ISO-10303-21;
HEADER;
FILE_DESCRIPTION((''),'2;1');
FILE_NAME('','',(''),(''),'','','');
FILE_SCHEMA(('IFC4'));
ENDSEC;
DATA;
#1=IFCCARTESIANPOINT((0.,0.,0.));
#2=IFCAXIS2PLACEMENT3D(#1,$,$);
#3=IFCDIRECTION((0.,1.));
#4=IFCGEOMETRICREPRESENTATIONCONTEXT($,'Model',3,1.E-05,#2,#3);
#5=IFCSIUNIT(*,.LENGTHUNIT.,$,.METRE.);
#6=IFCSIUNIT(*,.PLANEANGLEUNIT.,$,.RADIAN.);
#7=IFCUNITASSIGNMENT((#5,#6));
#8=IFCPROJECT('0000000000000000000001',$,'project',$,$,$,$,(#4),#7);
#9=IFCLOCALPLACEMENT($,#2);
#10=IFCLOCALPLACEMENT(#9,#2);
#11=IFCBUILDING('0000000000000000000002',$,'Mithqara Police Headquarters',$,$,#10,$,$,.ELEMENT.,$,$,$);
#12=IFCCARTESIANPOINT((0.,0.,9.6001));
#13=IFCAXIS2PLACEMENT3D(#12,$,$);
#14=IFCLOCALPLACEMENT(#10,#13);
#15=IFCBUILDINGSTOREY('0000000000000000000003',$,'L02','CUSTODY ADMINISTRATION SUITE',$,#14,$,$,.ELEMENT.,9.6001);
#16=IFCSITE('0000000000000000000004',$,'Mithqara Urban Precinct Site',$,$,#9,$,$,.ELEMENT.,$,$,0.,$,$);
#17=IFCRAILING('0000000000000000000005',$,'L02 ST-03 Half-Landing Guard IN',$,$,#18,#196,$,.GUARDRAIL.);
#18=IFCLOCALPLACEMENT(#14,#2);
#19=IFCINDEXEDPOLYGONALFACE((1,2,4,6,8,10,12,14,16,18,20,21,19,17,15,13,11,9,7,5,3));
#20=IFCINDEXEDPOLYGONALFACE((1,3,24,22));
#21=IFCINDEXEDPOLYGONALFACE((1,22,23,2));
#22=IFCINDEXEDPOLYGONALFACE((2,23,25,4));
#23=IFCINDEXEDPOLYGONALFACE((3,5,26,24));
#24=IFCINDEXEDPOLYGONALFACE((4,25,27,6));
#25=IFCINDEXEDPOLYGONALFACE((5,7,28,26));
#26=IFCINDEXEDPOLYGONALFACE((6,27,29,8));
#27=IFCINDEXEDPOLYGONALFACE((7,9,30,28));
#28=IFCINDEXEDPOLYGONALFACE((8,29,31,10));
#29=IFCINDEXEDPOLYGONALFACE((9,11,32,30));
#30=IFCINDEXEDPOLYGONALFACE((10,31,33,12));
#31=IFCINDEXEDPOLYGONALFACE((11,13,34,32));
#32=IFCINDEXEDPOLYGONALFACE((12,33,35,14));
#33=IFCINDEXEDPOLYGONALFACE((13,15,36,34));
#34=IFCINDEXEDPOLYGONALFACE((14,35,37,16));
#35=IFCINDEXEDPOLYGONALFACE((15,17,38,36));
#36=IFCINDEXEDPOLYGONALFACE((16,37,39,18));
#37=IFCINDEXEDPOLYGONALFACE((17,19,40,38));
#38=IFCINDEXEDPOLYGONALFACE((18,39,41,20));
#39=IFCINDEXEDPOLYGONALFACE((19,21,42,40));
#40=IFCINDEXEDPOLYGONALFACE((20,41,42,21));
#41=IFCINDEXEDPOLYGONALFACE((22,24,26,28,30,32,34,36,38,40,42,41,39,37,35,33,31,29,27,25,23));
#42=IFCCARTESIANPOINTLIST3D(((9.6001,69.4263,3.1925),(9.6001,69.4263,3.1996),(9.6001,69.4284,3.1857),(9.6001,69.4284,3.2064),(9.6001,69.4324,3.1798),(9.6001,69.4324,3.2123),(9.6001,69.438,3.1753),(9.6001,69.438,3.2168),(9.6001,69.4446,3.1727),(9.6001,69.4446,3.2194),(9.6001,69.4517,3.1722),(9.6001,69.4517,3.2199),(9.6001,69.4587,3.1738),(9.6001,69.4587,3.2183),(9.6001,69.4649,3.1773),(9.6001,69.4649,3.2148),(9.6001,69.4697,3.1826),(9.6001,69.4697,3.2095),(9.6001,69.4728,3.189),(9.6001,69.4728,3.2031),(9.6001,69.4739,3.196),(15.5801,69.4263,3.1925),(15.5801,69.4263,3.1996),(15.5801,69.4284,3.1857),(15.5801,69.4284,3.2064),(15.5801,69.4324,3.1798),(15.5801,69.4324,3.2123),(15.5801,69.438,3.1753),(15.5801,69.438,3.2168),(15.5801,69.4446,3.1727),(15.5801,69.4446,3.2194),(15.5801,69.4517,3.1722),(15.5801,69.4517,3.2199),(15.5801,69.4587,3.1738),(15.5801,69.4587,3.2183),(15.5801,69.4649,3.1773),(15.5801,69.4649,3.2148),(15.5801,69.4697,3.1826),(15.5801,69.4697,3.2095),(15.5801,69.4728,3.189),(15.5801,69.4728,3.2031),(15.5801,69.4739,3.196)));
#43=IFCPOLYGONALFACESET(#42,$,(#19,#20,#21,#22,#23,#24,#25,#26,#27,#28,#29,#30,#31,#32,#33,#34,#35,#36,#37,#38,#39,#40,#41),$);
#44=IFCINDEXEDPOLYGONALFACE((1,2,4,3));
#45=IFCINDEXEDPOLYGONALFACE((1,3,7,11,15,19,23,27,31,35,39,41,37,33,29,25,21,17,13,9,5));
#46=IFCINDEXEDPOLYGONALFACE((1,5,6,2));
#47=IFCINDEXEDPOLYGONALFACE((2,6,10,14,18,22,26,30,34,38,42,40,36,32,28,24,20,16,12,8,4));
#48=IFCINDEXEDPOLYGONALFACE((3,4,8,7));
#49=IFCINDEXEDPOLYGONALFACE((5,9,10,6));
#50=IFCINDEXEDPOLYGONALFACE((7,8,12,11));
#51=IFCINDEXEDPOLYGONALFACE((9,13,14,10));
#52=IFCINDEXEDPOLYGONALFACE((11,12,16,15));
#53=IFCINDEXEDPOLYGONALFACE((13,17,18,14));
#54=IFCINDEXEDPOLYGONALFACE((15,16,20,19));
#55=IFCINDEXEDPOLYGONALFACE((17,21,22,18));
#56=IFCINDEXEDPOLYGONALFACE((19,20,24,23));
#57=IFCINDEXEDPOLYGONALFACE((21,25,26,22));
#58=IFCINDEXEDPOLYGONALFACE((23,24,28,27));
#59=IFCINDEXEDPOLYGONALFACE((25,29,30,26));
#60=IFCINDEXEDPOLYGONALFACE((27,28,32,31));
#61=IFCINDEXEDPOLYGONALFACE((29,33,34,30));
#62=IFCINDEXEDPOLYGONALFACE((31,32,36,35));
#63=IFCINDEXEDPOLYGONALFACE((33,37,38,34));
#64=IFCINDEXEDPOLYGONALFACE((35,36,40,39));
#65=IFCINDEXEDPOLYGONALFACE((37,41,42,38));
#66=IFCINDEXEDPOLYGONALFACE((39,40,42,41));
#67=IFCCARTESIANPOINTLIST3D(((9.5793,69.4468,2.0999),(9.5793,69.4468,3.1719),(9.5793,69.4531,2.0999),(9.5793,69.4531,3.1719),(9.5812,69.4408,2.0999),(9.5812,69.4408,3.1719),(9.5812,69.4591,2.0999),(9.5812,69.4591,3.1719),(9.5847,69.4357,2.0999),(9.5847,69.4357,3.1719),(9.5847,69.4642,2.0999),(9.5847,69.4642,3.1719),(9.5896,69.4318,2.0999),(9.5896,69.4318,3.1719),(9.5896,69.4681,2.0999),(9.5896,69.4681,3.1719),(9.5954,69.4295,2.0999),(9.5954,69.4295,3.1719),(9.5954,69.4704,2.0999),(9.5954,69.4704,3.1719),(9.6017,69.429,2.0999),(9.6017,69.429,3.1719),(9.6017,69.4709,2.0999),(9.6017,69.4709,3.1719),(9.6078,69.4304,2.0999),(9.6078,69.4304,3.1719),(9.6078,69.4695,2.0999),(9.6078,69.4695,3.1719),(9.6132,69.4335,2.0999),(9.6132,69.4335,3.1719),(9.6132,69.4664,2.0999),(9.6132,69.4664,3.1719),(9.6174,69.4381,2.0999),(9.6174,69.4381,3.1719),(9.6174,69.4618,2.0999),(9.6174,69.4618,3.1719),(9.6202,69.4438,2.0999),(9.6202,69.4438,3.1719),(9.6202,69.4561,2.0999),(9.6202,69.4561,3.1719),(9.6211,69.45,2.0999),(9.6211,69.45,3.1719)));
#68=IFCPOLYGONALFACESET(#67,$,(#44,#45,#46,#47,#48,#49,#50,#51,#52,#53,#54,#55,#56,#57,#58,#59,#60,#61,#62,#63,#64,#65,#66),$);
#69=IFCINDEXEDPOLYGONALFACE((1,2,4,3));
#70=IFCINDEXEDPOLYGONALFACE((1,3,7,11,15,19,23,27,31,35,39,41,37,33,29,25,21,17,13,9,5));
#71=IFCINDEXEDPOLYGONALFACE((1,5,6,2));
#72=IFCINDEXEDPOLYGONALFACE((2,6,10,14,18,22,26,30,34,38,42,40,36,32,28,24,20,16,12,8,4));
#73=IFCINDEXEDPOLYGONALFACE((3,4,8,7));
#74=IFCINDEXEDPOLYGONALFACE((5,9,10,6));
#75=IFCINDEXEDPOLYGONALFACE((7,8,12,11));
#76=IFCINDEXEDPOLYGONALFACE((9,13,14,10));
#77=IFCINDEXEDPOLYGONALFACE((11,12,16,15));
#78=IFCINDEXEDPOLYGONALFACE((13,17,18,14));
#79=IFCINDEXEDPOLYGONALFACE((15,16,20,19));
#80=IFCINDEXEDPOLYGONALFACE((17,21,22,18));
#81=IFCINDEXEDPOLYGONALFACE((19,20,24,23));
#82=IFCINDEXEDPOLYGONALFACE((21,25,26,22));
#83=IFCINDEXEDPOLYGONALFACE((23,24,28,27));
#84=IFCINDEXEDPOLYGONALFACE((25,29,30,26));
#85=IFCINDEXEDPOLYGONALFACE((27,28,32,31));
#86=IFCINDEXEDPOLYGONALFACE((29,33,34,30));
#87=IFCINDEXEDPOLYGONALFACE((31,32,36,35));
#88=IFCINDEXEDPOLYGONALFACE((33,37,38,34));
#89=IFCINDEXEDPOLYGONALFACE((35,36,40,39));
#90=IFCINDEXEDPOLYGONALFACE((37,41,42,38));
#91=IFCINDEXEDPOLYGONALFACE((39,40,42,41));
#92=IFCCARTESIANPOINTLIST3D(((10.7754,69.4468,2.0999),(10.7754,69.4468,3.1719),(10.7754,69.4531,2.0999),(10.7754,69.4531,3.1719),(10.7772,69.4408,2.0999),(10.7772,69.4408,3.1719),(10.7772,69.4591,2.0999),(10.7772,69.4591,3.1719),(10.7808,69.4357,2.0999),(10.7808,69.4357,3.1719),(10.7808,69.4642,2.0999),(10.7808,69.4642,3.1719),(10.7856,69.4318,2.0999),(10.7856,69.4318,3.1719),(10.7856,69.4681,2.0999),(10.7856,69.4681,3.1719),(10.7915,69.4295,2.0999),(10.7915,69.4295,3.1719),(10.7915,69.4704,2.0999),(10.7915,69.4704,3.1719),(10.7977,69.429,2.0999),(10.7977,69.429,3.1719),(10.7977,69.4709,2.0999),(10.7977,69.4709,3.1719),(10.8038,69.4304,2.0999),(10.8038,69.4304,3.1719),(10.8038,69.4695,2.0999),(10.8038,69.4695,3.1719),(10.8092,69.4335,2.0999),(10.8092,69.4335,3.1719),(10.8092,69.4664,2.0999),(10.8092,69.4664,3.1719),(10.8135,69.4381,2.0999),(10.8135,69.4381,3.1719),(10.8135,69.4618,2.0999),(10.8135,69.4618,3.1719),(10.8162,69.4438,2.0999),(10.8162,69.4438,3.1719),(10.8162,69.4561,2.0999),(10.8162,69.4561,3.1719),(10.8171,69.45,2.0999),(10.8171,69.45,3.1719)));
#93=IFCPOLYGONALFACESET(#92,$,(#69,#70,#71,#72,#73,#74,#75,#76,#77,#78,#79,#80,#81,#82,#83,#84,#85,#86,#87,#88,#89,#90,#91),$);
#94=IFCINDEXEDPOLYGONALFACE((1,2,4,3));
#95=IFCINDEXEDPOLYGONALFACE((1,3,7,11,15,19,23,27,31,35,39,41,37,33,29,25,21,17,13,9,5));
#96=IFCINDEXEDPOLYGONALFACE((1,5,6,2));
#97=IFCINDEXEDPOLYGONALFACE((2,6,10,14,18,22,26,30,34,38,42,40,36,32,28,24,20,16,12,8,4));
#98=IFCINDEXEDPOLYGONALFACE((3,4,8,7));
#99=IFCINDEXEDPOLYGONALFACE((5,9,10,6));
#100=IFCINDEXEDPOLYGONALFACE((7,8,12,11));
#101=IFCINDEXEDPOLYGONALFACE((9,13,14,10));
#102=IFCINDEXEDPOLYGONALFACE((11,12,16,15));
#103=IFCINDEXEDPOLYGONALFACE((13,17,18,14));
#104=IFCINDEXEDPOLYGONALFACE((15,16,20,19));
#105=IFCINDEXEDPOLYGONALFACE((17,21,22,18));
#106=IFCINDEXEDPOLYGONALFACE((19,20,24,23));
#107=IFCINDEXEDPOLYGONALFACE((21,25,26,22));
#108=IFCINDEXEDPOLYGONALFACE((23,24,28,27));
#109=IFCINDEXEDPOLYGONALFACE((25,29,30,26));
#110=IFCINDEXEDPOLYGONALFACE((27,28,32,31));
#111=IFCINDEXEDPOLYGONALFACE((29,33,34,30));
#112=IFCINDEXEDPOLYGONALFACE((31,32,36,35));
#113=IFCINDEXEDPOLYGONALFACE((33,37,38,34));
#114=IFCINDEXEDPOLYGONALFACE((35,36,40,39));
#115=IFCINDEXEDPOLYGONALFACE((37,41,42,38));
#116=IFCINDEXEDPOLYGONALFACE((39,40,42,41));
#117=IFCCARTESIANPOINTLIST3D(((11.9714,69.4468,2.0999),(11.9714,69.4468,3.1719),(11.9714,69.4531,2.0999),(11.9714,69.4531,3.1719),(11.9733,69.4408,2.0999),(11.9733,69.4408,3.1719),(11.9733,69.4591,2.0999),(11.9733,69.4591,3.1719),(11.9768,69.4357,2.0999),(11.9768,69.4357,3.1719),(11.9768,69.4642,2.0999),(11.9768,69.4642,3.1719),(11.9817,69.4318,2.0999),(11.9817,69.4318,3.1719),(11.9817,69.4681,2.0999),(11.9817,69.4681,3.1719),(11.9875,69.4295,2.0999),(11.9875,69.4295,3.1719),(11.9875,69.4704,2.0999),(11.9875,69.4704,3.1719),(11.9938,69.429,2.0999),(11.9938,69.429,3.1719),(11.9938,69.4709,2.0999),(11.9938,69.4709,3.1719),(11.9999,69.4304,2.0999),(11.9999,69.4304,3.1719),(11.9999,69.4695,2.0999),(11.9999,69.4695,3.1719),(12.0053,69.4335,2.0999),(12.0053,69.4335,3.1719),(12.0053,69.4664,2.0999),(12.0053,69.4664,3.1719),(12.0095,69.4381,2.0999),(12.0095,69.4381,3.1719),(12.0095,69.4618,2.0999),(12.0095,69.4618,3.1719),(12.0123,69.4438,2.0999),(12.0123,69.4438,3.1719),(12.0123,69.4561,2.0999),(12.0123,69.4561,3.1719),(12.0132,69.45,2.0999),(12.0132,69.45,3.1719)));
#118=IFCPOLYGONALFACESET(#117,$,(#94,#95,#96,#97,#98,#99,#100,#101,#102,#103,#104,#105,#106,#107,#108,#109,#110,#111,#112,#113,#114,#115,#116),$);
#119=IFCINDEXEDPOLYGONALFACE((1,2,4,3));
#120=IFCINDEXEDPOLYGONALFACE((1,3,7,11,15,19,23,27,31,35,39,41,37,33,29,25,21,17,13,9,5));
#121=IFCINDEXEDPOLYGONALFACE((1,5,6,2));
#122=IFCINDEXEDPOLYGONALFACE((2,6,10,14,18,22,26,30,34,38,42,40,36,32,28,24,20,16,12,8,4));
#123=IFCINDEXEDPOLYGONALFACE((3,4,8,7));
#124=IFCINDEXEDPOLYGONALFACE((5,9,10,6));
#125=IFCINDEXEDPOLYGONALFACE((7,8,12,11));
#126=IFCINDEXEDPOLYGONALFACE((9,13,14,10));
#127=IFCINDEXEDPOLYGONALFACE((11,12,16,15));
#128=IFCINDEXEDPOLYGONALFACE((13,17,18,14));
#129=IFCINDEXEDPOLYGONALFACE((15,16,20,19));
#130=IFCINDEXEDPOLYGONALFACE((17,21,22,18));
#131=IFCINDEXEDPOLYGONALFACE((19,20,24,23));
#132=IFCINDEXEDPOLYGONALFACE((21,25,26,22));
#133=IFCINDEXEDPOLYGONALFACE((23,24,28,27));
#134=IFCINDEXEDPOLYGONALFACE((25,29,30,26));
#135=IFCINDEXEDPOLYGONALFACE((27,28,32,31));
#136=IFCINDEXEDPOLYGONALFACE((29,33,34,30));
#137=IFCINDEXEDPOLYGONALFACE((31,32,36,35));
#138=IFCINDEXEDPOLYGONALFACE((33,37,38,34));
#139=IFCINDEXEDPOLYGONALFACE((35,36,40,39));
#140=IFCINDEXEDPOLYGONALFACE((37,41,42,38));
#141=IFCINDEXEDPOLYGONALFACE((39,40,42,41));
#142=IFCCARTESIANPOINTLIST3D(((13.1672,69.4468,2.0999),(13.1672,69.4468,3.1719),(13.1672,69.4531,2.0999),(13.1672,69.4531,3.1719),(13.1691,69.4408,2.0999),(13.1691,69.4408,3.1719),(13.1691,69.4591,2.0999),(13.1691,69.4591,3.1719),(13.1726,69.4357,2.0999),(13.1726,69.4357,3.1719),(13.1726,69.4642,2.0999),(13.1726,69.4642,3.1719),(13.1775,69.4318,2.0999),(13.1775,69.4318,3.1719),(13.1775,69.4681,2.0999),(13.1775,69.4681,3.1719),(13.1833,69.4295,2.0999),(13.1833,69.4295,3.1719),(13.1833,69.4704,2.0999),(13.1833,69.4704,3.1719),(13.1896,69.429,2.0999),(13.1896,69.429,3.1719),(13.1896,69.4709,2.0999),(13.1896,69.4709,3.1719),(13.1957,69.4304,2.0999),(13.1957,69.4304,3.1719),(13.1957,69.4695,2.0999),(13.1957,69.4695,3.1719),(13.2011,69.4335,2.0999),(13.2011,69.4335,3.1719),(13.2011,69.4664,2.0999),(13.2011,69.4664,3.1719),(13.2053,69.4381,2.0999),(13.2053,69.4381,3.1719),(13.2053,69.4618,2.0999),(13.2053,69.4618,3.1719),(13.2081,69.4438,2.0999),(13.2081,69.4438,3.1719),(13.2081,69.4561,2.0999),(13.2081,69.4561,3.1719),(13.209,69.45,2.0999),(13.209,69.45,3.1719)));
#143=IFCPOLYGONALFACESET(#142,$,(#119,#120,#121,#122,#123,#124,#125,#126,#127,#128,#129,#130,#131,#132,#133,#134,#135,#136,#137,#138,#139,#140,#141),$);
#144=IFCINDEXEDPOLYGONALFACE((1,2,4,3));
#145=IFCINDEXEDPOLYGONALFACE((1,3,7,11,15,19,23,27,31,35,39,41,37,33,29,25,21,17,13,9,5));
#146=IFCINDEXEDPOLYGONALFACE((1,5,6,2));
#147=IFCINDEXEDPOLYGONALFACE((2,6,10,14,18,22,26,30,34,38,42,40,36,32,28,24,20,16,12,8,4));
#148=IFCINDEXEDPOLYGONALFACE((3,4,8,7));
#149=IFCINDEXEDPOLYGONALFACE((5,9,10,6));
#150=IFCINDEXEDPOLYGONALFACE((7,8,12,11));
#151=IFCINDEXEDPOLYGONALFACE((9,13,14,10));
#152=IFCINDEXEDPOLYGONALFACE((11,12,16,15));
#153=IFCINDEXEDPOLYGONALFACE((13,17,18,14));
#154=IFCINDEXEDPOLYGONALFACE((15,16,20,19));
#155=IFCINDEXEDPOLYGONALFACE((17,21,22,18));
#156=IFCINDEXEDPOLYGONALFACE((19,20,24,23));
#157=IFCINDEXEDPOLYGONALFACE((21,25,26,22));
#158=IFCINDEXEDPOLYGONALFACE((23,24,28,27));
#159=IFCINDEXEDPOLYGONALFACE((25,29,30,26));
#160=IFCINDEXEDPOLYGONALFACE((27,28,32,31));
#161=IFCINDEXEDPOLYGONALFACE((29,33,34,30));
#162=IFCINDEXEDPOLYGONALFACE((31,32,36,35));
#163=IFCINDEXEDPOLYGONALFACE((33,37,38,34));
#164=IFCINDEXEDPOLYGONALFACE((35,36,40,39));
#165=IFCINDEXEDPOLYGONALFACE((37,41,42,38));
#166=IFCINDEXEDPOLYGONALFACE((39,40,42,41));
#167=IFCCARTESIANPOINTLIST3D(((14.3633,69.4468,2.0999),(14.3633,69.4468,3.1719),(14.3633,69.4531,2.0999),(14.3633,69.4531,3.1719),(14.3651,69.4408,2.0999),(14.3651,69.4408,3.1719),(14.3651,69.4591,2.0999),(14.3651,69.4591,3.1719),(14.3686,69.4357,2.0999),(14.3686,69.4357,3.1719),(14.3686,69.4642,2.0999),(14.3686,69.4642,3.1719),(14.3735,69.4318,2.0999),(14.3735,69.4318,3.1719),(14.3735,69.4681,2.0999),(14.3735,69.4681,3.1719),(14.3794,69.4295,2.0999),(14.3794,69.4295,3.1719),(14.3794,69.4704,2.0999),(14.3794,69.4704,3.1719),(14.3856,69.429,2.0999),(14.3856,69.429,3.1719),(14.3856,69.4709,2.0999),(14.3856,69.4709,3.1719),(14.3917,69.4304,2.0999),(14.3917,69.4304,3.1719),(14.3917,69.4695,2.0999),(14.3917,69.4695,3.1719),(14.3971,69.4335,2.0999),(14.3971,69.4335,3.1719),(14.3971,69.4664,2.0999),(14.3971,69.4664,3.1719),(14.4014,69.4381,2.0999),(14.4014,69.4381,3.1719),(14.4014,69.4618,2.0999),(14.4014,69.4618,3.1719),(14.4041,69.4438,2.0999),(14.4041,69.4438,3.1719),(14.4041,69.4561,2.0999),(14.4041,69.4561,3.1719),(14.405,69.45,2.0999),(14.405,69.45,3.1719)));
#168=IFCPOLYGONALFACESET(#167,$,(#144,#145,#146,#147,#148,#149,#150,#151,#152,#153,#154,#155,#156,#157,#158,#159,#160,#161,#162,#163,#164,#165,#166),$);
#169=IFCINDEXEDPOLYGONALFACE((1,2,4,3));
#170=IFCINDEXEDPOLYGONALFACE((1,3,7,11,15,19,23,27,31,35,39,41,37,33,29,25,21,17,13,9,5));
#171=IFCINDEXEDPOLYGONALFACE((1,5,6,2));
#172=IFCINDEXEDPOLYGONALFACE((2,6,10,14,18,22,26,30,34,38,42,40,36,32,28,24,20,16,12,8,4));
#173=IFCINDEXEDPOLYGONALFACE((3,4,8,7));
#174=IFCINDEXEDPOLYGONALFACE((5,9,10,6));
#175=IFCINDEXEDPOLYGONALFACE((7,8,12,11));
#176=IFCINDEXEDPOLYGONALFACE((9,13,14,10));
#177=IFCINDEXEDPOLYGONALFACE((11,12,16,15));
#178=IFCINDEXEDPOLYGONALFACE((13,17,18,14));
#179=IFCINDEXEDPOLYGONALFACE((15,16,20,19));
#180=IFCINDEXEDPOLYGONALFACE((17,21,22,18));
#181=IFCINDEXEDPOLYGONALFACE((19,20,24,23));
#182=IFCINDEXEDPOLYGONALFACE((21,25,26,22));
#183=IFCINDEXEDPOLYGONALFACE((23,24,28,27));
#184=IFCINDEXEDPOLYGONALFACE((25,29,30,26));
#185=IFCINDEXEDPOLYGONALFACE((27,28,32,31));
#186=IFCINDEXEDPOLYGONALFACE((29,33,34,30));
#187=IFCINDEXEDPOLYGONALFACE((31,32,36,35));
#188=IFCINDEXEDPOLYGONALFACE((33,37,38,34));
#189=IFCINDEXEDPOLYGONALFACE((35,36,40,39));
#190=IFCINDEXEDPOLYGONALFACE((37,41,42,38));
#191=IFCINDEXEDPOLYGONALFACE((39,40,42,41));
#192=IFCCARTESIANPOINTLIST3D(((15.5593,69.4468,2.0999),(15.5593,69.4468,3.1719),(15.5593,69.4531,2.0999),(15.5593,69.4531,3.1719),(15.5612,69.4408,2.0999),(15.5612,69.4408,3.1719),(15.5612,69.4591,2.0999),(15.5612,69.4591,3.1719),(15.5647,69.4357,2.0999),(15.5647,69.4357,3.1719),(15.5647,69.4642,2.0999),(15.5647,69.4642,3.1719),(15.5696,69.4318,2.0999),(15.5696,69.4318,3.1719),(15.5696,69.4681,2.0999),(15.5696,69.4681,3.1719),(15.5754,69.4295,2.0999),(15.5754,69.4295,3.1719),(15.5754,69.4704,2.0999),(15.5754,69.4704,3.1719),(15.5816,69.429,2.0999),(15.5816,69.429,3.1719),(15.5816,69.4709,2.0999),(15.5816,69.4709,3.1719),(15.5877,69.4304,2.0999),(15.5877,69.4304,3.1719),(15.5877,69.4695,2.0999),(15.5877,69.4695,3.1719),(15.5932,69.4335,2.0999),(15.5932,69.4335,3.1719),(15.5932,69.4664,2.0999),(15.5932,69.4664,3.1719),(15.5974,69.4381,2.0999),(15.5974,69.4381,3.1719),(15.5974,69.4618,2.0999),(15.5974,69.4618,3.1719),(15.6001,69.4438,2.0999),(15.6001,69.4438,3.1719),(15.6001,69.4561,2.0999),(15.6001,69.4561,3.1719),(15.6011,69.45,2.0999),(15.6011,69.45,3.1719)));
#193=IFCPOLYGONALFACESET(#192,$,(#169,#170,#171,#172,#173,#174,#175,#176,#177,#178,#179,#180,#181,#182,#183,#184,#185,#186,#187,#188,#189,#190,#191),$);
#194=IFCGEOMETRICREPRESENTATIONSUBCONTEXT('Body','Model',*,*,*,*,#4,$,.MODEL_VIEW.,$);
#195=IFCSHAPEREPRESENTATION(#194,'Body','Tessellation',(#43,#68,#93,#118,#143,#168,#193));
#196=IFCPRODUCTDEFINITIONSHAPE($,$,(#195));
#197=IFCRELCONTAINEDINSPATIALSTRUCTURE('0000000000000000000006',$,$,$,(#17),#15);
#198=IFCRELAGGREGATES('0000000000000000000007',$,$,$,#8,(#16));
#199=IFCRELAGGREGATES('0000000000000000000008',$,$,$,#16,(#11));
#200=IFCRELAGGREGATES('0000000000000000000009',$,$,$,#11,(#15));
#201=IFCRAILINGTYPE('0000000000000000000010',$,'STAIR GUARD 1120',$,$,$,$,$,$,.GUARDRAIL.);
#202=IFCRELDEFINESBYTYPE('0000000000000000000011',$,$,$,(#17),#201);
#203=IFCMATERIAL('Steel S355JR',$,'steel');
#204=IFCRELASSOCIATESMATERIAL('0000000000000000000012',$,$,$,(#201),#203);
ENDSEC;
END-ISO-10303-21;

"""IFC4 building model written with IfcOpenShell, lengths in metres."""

from ifc_helpers import new_model, si_unit, direction, frame, origin, origin_2d, place, context, subcontext, project, spatial, circle, extrude, material, type_object, element, save


model = new_model("IFC4")

# Units and contexts
model_context = context("Model", 3, precision=1e-05, world=origin(), true_north=direction((0.0, 1.0)))
body_context = subcontext(model_context, "Body", "Model", "MODEL_VIEW")
ifc_project = project(units=[si_unit("LENGTHUNIT", "METRE"), si_unit("PLANEANGLEUNIT", "RADIAN")], contexts=[model_context])

# Site, building, storey
site_placement = place(None, origin())
site = spatial("IfcSite", under=ifc_project, at=site_placement, Name="Mithqara Urban Precinct Site", CompositionType="ELEMENT", RefElevation=0.0)
building_placement = place(site_placement, origin())
building = spatial("IfcBuilding", under=site, at=building_placement, Name="Mithqara Police Headquarters", CompositionType="ELEMENT")
storey_placement = place(building_placement, frame((0.0, 0.0, 9.6001)))
storey = spatial("IfcBuildingStorey", under=building, at=storey_placement, Name="L02", Description="CUSTODY ADMINISTRATION SUITE", CompositionType="ELEMENT", Elevation=9.6001)

# Shared definitions
ifc_material_1 = material(Name="Steel S355JR", Category="steel")

# Railing
railing_type = type_object("IfcRailingType", Name="STAIR GUARD 1120", PredefinedType="GUARDRAIL", material=ifc_material_1)
for number, where, name in (
    (1, (9.6001, 69.45, 2.0999), "L02 ST-03 Half-Landing Guard IN"),
):
    element("IfcRailing", number, at=place(storey_placement, frame(where)), inside=storey, type_object=railing_type, Name=name, PredefinedType="GUARDRAIL", context=body_context, shape_type="SweptSolid", body=[
        extrude(circle(Radius=0.0239, at=origin_2d()), frame((0.0, 0.0, 1.0962), z_axis=(1.0, 0.0, 0.0), x_axis=(0.0, 1.0, 0.0)), (0.0, 0.0, 1.0), 5.98),
        extrude(circle(Radius=0.021, at=origin_2d()), origin(), (0.0, 0.0, 1.0), 1.072),
        extrude(circle(Radius=0.021, at=origin_2d()), frame((1.196, 0.0, 0.0)), (0.0, 0.0, 1.0), 1.072),
        extrude(circle(Radius=0.021, at=origin_2d()), frame((2.3921, 0.0, 0.0)), (0.0, 0.0, 1.0), 1.072),
        extrude(circle(Radius=0.021, at=origin_2d()), frame((3.5879, 0.0, 0.0)), (0.0, 0.0, 1.0), 1.072),
        extrude(circle(Radius=0.021, at=origin_2d()), frame((4.7839, 0.0, 0.0)), (0.0, 0.0, 1.0), 1.072),
        extrude(circle(Radius=0.021, at=origin_2d()), frame((5.98, 0.0, 0.0)), (0.0, 0.0, 1.0), 1.072),
    ])

save(model, "model.ifc")
